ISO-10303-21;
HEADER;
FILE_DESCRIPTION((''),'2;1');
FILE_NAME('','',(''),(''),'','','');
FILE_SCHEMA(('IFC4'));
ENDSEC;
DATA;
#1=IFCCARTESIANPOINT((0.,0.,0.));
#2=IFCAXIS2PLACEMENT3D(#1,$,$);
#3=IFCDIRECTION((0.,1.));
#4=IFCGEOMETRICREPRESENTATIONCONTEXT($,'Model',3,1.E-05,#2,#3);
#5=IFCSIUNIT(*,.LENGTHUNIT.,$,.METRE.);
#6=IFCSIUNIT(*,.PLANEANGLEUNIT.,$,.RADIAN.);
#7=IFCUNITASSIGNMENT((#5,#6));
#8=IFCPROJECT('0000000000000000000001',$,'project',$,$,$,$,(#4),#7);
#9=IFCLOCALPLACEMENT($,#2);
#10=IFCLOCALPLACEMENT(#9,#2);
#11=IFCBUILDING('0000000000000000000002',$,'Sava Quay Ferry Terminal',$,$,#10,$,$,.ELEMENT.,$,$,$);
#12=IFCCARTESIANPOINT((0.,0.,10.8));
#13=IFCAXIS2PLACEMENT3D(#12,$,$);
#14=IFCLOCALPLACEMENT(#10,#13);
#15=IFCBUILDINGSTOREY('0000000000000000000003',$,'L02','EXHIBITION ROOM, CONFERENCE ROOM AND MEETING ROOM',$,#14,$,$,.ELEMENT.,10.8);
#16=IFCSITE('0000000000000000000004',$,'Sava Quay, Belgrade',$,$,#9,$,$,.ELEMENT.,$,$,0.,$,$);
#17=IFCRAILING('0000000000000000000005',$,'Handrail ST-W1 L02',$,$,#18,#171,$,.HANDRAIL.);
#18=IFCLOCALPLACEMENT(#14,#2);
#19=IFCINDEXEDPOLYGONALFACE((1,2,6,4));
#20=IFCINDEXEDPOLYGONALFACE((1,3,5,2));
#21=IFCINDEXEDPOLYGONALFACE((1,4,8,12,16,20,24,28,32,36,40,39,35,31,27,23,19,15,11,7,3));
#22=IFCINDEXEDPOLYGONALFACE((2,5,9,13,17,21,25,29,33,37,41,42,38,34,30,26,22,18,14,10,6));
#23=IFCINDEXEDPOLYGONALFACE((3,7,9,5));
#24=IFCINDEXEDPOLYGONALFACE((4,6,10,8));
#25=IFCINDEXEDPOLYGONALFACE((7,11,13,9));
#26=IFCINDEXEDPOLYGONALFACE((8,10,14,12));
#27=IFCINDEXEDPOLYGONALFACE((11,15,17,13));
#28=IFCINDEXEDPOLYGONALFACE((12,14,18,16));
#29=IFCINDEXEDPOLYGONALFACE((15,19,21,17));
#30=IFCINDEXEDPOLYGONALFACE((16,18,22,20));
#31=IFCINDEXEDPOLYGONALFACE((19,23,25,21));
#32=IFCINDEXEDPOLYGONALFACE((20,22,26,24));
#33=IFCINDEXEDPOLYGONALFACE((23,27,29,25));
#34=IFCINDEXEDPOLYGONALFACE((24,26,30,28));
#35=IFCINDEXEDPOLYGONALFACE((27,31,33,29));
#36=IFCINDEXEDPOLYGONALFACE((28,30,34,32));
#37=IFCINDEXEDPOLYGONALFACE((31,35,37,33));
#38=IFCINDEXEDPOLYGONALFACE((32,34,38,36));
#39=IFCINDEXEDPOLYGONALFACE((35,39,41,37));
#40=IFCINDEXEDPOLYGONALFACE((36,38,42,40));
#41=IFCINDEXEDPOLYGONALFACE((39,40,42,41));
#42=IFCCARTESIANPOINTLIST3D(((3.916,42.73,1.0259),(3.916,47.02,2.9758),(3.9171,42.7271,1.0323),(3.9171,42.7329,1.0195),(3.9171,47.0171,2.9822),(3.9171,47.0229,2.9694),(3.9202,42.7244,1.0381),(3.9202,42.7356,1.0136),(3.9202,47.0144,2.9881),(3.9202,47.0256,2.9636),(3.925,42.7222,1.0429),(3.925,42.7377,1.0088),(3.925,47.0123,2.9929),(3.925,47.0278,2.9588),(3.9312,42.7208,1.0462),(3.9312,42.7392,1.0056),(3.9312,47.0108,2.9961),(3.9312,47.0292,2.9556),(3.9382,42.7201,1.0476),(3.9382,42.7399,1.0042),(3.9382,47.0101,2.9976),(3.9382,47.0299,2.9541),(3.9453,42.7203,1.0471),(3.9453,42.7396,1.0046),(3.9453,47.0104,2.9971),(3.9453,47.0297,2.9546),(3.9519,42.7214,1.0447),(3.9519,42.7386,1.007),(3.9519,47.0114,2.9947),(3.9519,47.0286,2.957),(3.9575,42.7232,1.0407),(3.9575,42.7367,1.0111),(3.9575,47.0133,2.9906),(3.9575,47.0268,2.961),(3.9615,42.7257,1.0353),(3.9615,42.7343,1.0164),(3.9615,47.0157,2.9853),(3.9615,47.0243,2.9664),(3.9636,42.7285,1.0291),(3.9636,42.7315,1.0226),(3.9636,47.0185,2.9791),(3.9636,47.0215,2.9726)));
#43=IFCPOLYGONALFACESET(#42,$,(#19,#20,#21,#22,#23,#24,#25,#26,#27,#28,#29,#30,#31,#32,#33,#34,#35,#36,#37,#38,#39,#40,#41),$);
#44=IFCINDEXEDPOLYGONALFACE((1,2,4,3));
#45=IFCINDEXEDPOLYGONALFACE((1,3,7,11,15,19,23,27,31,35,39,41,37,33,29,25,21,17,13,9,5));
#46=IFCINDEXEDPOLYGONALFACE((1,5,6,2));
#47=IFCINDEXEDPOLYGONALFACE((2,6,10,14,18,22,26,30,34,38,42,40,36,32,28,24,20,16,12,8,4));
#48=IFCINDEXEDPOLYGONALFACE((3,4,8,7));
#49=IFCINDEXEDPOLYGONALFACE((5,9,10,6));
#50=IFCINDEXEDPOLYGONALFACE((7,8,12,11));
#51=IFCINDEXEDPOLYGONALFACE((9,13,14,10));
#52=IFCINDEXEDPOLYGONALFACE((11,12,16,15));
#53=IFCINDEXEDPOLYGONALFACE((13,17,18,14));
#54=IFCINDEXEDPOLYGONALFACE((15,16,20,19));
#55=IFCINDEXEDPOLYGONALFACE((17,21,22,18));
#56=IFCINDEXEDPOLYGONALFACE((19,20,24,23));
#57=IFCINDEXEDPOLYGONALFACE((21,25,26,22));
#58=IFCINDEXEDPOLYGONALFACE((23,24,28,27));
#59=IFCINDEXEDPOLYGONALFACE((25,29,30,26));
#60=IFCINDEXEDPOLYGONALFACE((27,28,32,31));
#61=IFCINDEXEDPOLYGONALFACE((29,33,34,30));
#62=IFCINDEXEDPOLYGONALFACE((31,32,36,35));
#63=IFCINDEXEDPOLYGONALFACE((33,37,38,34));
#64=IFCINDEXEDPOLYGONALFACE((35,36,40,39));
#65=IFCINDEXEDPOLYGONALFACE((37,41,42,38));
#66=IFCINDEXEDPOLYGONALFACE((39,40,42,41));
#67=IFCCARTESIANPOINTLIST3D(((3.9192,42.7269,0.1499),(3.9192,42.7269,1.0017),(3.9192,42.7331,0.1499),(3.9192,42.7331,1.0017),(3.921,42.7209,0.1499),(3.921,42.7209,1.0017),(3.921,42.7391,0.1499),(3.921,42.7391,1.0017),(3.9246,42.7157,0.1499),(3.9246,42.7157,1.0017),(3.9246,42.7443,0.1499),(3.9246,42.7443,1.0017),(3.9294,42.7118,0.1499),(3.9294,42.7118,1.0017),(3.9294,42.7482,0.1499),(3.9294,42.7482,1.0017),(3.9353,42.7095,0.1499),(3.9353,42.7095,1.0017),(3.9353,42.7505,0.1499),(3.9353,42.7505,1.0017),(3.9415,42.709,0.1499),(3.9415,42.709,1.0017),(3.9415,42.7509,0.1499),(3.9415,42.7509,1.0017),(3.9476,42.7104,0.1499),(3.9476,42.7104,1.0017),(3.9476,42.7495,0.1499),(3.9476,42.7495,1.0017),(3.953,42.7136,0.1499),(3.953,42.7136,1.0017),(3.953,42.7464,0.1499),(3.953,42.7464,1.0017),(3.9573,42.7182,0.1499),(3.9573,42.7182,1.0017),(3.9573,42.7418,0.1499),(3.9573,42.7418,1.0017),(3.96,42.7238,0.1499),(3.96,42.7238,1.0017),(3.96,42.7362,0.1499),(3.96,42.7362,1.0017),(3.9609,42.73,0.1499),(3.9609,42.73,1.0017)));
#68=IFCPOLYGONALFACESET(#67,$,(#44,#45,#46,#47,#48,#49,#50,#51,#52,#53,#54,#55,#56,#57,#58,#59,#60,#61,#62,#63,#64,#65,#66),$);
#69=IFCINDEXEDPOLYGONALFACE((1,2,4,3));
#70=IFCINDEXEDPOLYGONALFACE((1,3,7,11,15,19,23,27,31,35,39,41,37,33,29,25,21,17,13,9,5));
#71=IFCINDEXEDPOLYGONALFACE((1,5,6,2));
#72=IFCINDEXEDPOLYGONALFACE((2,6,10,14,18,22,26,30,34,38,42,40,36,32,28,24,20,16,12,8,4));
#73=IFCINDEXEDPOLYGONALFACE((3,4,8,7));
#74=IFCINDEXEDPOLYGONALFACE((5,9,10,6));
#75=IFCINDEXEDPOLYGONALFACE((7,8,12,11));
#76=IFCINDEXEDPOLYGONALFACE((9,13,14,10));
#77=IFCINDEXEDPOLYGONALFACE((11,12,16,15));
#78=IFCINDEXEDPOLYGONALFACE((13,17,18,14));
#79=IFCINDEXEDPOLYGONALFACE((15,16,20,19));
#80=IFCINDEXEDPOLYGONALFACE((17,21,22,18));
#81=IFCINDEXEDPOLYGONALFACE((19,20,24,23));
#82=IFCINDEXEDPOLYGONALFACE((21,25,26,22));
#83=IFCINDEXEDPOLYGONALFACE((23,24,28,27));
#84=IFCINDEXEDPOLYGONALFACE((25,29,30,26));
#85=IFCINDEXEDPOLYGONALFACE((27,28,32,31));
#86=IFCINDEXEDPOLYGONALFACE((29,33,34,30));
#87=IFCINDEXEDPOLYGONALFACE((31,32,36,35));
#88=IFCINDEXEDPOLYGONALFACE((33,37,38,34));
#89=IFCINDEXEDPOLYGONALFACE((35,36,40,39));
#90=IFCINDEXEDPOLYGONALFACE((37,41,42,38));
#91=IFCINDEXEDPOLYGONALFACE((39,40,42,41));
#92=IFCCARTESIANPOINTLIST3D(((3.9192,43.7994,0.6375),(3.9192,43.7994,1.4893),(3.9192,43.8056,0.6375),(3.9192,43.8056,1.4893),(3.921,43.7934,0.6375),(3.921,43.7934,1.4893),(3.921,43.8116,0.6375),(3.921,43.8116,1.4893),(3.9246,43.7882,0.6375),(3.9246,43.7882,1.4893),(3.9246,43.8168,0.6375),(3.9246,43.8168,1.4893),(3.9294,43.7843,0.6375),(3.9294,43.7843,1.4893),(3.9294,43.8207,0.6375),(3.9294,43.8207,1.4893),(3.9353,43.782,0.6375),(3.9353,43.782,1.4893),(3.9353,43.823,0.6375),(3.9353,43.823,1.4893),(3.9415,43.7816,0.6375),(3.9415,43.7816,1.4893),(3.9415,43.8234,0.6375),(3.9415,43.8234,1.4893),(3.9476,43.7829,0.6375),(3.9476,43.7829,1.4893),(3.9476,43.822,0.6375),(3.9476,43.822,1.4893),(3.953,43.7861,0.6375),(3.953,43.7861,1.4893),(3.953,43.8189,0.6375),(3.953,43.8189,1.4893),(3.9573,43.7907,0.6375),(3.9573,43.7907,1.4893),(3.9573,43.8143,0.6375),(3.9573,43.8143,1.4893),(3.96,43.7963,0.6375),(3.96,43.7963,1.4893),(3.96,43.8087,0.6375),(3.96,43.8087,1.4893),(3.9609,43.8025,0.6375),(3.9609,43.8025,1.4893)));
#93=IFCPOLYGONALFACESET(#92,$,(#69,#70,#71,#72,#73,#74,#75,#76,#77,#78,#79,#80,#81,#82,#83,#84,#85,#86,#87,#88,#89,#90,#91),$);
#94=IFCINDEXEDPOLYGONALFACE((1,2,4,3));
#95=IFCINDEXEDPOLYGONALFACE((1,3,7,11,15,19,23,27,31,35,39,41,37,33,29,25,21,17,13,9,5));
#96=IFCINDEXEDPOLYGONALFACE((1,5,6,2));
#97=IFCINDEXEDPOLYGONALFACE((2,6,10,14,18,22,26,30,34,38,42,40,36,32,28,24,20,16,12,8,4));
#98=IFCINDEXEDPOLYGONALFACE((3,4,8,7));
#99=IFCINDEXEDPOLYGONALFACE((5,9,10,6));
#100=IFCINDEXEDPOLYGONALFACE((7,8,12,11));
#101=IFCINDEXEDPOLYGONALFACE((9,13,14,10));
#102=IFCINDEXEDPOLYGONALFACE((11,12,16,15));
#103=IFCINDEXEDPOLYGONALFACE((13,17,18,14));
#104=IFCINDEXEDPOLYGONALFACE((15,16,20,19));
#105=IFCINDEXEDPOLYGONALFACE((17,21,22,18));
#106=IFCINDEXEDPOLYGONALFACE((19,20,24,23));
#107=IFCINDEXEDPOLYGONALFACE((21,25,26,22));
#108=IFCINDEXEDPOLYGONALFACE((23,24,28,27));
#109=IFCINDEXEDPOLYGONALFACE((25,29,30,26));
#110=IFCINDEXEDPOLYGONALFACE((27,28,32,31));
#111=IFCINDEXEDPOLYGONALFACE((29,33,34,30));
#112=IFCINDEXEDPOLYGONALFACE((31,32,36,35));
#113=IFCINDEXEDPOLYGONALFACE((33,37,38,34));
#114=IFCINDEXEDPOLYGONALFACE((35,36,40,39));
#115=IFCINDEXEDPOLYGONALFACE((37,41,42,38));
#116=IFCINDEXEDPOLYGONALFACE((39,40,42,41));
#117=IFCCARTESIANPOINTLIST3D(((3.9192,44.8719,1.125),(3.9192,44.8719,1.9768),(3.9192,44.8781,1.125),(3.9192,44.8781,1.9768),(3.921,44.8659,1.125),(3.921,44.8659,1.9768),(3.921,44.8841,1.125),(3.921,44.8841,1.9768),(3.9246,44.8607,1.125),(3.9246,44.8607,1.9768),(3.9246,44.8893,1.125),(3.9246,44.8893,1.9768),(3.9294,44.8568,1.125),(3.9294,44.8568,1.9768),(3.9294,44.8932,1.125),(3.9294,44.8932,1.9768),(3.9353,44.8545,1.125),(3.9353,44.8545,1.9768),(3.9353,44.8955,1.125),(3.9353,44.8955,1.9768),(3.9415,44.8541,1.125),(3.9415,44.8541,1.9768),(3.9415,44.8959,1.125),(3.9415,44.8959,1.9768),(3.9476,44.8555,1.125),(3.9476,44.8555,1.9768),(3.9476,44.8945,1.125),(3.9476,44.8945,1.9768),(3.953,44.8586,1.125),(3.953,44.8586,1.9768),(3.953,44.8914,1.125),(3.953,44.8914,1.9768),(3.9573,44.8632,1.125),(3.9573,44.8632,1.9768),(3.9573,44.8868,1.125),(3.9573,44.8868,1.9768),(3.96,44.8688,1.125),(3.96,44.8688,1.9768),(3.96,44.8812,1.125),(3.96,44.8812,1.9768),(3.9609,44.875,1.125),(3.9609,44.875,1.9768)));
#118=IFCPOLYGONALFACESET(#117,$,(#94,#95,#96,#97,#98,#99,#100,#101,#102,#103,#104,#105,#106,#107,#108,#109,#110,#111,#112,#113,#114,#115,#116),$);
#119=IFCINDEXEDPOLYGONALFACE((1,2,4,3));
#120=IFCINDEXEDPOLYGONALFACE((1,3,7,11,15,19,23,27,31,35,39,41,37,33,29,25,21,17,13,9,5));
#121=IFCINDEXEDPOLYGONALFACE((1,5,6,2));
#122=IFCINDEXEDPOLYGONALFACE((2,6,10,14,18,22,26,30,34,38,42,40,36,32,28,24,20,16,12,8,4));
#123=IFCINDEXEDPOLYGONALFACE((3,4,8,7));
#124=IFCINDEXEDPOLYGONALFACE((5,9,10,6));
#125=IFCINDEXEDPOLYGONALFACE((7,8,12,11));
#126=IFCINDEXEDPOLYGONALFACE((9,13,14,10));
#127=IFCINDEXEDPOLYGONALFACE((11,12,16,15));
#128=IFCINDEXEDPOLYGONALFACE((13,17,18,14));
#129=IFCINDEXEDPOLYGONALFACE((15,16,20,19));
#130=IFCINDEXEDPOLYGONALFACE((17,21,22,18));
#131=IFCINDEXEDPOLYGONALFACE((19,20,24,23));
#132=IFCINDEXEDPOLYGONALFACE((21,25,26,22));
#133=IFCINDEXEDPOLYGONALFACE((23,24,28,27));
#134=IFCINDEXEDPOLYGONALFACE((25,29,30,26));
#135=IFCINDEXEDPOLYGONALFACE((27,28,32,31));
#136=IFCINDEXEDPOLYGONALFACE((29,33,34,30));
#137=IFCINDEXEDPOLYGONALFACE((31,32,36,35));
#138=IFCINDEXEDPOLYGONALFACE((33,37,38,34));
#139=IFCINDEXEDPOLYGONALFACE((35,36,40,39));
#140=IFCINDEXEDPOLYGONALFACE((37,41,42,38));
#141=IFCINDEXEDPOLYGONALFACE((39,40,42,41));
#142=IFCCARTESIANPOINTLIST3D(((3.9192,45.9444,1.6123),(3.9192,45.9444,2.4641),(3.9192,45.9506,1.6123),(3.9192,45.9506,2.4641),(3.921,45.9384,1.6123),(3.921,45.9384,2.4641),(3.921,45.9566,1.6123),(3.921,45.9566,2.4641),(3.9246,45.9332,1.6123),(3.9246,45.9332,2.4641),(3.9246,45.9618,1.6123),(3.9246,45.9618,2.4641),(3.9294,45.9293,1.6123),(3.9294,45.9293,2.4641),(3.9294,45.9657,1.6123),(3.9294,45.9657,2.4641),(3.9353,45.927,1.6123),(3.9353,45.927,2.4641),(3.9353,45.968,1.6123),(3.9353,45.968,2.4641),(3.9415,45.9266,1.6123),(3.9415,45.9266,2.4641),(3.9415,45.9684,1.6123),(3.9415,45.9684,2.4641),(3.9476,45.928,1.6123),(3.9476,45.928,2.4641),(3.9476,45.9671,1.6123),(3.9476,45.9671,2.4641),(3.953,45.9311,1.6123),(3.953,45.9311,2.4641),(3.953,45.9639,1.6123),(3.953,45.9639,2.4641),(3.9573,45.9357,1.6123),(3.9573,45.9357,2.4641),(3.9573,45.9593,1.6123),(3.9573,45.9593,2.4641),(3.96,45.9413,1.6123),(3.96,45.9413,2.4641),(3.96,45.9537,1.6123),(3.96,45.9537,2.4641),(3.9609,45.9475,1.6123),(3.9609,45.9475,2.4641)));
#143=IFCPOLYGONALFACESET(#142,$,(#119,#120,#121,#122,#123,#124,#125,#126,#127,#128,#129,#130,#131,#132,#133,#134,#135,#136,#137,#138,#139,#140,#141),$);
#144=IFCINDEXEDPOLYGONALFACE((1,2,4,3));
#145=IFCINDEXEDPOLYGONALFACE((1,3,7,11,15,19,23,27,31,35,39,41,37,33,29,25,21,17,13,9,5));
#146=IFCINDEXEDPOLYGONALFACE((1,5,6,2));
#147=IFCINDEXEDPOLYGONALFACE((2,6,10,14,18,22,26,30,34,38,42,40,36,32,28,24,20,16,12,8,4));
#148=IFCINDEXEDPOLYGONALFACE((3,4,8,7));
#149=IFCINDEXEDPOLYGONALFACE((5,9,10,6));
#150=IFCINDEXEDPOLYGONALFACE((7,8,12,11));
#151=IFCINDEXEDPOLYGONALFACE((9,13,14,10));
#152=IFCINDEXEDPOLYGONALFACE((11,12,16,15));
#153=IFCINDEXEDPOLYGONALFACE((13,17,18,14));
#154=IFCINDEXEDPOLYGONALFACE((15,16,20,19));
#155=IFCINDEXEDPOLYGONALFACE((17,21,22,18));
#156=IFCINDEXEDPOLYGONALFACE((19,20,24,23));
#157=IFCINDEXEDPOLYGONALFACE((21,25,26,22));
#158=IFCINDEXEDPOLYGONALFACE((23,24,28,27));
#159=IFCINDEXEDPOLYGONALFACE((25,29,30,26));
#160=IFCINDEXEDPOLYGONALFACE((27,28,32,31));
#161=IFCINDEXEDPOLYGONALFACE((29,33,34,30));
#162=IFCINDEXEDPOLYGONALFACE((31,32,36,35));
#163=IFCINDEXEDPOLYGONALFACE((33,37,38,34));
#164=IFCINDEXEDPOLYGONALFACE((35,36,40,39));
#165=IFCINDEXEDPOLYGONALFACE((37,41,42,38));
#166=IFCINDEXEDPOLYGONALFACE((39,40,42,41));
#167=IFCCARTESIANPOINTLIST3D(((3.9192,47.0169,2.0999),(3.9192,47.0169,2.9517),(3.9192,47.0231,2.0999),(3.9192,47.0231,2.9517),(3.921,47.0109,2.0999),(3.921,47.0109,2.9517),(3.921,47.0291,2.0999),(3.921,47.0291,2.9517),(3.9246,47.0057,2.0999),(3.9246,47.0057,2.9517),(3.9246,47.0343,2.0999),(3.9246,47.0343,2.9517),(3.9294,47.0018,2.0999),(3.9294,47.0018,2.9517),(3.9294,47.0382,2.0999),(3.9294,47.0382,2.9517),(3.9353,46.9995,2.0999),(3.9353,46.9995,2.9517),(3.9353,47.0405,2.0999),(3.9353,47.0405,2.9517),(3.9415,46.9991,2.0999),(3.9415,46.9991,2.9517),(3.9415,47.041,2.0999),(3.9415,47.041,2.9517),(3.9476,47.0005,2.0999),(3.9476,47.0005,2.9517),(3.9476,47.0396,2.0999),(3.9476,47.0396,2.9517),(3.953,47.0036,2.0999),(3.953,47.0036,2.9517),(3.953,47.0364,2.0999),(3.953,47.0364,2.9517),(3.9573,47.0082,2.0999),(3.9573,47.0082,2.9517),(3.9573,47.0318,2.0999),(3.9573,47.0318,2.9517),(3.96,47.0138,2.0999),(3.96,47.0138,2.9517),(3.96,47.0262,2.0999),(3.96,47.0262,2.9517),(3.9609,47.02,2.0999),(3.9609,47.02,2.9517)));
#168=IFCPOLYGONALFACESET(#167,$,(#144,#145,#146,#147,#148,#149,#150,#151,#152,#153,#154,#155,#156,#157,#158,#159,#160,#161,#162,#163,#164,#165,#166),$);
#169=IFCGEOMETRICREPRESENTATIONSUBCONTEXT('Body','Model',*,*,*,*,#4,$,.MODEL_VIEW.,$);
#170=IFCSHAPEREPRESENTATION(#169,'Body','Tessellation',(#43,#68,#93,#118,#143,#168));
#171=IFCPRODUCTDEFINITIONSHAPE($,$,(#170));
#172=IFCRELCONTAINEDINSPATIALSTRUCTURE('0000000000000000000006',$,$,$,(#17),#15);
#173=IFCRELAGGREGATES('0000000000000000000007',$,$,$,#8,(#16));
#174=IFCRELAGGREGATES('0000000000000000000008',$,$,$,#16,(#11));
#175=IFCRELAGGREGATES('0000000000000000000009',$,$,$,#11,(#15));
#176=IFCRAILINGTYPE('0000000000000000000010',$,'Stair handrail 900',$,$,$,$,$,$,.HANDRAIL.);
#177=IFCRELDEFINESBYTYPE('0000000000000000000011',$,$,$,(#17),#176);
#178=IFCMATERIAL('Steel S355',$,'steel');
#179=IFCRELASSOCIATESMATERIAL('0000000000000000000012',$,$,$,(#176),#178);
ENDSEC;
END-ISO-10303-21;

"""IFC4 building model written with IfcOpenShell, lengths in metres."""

from ifc_helpers import new_model, si_unit, direction, frame, origin, origin_2d, place, context, subcontext, project, spatial, circle, extrude, material, type_object, element, save


model = new_model("IFC4")

# Units and contexts
model_context = context("Model", 3, precision=1e-05, world=origin(), true_north=direction((0.0, 1.0)))
body_context = subcontext(model_context, "Body", "Model", "MODEL_VIEW")
ifc_project = project(units=[si_unit("LENGTHUNIT", "METRE"), si_unit("PLANEANGLEUNIT", "RADIAN")], contexts=[model_context])

# Site, building, storey
site_placement = place(None, origin())
site = spatial("IfcSite", under=ifc_project, at=site_placement, Name="Sava Quay, Belgrade", CompositionType="ELEMENT", RefElevation=0.0)
building_placement = place(site_placement, origin())
building = spatial("IfcBuilding", under=site, at=building_placement, Name="Sava Quay Ferry Terminal", CompositionType="ELEMENT")
storey_placement = place(building_placement, frame((0.0, 0.0, 10.8)))
storey = spatial("IfcBuildingStorey", under=building, at=storey_placement, Name="L02", Description="EXHIBITION ROOM, CONFERENCE ROOM AND MEETING ROOM", CompositionType="ELEMENT", Elevation=10.8)

# Railing
ifc_material_1 = material(Name="Steel S355", Category="steel")
railing_type_1 = type_object("IfcRailingType", Name="Stair handrail 900", PredefinedType="HANDRAIL", material=ifc_material_1)
railing_1_placement = place(storey_placement, frame((3.9399, 42.73, 0.1499)))
element("IfcRailing", 1, at=railing_1_placement, inside=storey, type_object=railing_type_1, Name="Handrail ST-W1 L02", PredefinedType="HANDRAIL", context=body_context, shape_type="SweptSolid", body=[
    extrude(circle(Radius=0.0239, at=origin_2d()), frame((0.0, 0.0, 0.876), z_axis=(0.0, 0.910372, 0.413791), x_axis=(-1.0, 0.0, 0.0)), (0.0, 0.0, 1.0), 4.7124),
    extrude(circle(Radius=0.021, at=origin_2d()), origin(), (0.0, 0.0, 1.0), 0.8518),
    extrude(circle(Radius=0.021, at=origin_2d()), frame((0.0, 1.0725, 0.4875)), (0.0, 0.0, 1.0), 0.8518),
    extrude(circle(Radius=0.021, at=origin_2d()), frame((0.0, 2.145, 0.9751)), (0.0, 0.0, 1.0), 0.8518),
    extrude(circle(Radius=0.021, at=origin_2d()), frame((0.0, 3.2175, 1.4624)), (0.0, 0.0, 1.0), 0.8518),
    extrude(circle(Radius=0.021, at=origin_2d()), frame((0.0, 4.29, 1.95)), (0.0, 0.0, 1.0), 0.8518),
])

save(model, "model.ifc")
